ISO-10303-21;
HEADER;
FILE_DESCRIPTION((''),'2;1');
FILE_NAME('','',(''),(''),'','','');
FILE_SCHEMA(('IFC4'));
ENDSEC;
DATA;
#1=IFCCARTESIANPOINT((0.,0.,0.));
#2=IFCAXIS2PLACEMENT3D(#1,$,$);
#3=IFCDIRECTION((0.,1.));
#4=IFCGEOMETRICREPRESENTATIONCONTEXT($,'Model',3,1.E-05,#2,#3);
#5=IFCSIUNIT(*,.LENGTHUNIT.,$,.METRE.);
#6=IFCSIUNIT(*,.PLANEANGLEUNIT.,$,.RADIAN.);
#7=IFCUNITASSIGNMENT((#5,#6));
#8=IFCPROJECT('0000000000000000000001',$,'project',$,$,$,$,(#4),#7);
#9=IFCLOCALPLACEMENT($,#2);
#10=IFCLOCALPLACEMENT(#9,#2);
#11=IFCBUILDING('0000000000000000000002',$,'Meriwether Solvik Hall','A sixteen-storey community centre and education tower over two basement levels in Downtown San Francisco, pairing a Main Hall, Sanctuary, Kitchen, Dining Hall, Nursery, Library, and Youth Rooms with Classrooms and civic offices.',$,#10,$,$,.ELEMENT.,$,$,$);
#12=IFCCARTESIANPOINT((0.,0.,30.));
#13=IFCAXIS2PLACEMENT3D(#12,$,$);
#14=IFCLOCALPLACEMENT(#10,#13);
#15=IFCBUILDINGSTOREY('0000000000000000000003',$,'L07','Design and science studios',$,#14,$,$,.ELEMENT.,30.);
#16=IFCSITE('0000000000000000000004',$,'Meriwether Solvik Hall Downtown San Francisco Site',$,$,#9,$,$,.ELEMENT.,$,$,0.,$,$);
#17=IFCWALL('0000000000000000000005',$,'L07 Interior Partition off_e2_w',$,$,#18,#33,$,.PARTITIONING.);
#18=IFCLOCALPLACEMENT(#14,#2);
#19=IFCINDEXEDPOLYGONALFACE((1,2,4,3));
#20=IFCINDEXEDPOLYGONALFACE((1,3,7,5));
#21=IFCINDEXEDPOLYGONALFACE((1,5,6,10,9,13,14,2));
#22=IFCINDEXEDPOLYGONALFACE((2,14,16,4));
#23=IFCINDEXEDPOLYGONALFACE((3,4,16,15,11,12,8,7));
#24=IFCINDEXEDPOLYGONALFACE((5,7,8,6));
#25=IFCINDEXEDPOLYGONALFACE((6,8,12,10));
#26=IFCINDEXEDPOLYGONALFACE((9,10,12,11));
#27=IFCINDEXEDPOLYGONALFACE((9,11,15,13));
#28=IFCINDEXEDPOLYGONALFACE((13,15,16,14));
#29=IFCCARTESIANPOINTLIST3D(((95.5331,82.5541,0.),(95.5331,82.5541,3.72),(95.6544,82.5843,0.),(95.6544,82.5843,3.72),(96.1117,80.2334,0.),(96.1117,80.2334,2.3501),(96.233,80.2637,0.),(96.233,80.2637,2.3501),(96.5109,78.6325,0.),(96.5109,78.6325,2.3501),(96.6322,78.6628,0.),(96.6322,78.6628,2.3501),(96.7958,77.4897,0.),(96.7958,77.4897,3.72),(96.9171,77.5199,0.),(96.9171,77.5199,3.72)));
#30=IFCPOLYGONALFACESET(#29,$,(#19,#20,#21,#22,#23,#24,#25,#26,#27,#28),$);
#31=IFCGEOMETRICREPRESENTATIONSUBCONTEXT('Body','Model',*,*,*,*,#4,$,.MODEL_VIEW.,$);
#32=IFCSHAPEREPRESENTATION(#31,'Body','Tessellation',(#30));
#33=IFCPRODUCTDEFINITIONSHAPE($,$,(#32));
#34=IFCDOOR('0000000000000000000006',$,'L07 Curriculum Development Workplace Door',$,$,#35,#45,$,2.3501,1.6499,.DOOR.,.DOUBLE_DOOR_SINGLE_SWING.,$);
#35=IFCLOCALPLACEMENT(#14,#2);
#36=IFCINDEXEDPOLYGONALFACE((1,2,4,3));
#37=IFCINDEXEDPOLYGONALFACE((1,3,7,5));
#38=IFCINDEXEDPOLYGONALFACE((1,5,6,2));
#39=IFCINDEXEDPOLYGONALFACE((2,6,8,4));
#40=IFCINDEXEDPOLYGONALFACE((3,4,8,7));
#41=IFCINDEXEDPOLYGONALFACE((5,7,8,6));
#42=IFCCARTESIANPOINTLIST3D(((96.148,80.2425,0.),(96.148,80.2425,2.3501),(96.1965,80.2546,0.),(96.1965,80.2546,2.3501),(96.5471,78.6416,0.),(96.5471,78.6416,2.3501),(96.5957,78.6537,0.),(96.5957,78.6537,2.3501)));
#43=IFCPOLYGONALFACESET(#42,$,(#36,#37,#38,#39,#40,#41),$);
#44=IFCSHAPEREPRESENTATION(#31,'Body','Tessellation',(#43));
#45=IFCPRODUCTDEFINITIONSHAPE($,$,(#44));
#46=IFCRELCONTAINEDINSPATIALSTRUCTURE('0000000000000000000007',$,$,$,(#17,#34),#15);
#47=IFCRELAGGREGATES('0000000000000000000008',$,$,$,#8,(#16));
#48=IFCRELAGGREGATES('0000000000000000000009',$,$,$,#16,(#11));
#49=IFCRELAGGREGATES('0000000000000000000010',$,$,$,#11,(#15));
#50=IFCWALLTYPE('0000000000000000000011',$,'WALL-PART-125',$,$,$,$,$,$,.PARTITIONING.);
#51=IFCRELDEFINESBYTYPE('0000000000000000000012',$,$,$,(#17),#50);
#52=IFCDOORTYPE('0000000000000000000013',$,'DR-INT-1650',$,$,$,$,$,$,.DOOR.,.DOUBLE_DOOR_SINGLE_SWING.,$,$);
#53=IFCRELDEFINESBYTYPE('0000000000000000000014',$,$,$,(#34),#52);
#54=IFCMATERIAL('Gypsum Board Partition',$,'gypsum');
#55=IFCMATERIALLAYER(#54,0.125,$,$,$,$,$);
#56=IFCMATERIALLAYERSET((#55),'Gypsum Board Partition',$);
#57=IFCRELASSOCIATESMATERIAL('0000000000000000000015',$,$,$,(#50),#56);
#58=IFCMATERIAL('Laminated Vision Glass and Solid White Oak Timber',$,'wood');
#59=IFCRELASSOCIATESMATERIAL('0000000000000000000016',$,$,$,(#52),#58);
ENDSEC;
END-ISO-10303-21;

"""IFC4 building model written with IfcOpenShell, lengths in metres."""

from ifc_helpers import new_model, si_unit, direction, frame, frame_2d, origin, place, context, subcontext, project, spatial, rectangle, extrude, material, layer, layer_set, type_object, element, fill, save


model = new_model("IFC4")

# Units and contexts
model_context = context("Model", 3, precision=1e-05, world=origin(), true_north=direction((0.0, 1.0)))
body_context = subcontext(model_context, "Body", "Model", "MODEL_VIEW")
ifc_project = project(units=[si_unit("LENGTHUNIT", "METRE"), si_unit("PLANEANGLEUNIT", "RADIAN")], contexts=[model_context])

# Site, building, storey
site_placement = place(None, origin())
site = spatial("IfcSite", under=ifc_project, at=site_placement, Name="Meriwether Solvik Hall Downtown San Francisco Site", CompositionType="ELEMENT", RefElevation=0.0)
building_placement = place(site_placement, origin())
building = spatial("IfcBuilding", under=site, at=building_placement, Name="Meriwether Solvik Hall", Description="A sixteen-storey community centre and education tower over two basement levels in Downtown San Francisco, pairing a Main Hall, Sanctuary, Kitchen, Dining Hall, Nursery, Library, and Youth Rooms with Classrooms and civic offices.", CompositionType="ELEMENT")
storey_placement = place(building_placement, frame((0.0, 0.0, 30.0)))
storey = spatial("IfcBuildingStorey", under=building, at=storey_placement, Name="L07", Description="Design and science studios", CompositionType="ELEMENT", Elevation=30.0)

# Wall, opening, door
ifc_material_1 = material(Name="Gypsum Board Partition", Category="gypsum")
ifc_layer_1 = layer(ifc_material_1, 0.125)
ifc_layer_set_1 = layer_set([ifc_layer_1], Name="Gypsum Board Partition")
wall_type = type_object("IfcWallType", Name="WALL-PART-125", PredefinedType="PARTITIONING", material=ifc_layer_set_1)
wall_placement = place(storey_placement, frame((95.5938, 82.5693, 0.0), z_axis=(0.0, 0.0, 1.0), x_axis=(0.241919, -0.970296, 0.0)))
wall = element("IfcWall", 1, at=wall_placement, inside=storey, type_object=wall_type, Name="L07 Interior Partition off_e2_w", PredefinedType="PARTITIONING", context=body_context, shape_type="SweptSolid", body=[
    extrude(rectangle(XDim=5.2195, YDim=0.125, at=frame_2d((2.6099, 0.0))), origin(), (0.0, 0.0, 1.0), 3.72),
])
opening_placement = place(wall_placement, frame((2.3918, 0.0, 0.0)))
opening = element("IfcOpeningElement", 2, at=opening_placement, cuts=wall, PredefinedType="OPENING", context=body_context, shape_type="SweptSolid", body=[
    extrude(rectangle(XDim=1.6499, YDim=2.3501, at=frame_2d((0.825, 1.175))), frame((0.0, 0.0745, 0.0), z_axis=(0.0, -1.0, 0.0), x_axis=(1.0, 0.0, 0.0)), (0.0, 0.0, 1.0), 0.1489),
])
ifc_material_2 = material(Name="Laminated Vision Glass and Solid White Oak Timber", Category="wood")
door_type = type_object("IfcDoorType", Name="DR-INT-1650", OperationType="DOUBLE_DOOR_SINGLE_SWING", PredefinedType="DOOR", material=ifc_material_2)
door_placement = place(opening_placement, origin())
door = element("IfcDoor", 3, at=door_placement, inside=storey, type_object=door_type, Name="L07 Curriculum Development Workplace Door", OperationType="DOUBLE_DOOR_SINGLE_SWING", OverallHeight=2.3501, OverallWidth=1.6499, PredefinedType="DOOR", context=body_context, shape_type="SweptSolid", body=[
    extrude(rectangle(XDim=1.6499, YDim=2.3501, at=frame_2d((0.825, 1.175))), frame((0.0, 0.0249, 0.0), z_axis=(0.0, -1.0, 0.0), x_axis=(1.0, 0.0, 0.0)), (0.0, 0.0, 1.0), 0.05),
])
fill(opening, door)

save(model, "model.ifc")
